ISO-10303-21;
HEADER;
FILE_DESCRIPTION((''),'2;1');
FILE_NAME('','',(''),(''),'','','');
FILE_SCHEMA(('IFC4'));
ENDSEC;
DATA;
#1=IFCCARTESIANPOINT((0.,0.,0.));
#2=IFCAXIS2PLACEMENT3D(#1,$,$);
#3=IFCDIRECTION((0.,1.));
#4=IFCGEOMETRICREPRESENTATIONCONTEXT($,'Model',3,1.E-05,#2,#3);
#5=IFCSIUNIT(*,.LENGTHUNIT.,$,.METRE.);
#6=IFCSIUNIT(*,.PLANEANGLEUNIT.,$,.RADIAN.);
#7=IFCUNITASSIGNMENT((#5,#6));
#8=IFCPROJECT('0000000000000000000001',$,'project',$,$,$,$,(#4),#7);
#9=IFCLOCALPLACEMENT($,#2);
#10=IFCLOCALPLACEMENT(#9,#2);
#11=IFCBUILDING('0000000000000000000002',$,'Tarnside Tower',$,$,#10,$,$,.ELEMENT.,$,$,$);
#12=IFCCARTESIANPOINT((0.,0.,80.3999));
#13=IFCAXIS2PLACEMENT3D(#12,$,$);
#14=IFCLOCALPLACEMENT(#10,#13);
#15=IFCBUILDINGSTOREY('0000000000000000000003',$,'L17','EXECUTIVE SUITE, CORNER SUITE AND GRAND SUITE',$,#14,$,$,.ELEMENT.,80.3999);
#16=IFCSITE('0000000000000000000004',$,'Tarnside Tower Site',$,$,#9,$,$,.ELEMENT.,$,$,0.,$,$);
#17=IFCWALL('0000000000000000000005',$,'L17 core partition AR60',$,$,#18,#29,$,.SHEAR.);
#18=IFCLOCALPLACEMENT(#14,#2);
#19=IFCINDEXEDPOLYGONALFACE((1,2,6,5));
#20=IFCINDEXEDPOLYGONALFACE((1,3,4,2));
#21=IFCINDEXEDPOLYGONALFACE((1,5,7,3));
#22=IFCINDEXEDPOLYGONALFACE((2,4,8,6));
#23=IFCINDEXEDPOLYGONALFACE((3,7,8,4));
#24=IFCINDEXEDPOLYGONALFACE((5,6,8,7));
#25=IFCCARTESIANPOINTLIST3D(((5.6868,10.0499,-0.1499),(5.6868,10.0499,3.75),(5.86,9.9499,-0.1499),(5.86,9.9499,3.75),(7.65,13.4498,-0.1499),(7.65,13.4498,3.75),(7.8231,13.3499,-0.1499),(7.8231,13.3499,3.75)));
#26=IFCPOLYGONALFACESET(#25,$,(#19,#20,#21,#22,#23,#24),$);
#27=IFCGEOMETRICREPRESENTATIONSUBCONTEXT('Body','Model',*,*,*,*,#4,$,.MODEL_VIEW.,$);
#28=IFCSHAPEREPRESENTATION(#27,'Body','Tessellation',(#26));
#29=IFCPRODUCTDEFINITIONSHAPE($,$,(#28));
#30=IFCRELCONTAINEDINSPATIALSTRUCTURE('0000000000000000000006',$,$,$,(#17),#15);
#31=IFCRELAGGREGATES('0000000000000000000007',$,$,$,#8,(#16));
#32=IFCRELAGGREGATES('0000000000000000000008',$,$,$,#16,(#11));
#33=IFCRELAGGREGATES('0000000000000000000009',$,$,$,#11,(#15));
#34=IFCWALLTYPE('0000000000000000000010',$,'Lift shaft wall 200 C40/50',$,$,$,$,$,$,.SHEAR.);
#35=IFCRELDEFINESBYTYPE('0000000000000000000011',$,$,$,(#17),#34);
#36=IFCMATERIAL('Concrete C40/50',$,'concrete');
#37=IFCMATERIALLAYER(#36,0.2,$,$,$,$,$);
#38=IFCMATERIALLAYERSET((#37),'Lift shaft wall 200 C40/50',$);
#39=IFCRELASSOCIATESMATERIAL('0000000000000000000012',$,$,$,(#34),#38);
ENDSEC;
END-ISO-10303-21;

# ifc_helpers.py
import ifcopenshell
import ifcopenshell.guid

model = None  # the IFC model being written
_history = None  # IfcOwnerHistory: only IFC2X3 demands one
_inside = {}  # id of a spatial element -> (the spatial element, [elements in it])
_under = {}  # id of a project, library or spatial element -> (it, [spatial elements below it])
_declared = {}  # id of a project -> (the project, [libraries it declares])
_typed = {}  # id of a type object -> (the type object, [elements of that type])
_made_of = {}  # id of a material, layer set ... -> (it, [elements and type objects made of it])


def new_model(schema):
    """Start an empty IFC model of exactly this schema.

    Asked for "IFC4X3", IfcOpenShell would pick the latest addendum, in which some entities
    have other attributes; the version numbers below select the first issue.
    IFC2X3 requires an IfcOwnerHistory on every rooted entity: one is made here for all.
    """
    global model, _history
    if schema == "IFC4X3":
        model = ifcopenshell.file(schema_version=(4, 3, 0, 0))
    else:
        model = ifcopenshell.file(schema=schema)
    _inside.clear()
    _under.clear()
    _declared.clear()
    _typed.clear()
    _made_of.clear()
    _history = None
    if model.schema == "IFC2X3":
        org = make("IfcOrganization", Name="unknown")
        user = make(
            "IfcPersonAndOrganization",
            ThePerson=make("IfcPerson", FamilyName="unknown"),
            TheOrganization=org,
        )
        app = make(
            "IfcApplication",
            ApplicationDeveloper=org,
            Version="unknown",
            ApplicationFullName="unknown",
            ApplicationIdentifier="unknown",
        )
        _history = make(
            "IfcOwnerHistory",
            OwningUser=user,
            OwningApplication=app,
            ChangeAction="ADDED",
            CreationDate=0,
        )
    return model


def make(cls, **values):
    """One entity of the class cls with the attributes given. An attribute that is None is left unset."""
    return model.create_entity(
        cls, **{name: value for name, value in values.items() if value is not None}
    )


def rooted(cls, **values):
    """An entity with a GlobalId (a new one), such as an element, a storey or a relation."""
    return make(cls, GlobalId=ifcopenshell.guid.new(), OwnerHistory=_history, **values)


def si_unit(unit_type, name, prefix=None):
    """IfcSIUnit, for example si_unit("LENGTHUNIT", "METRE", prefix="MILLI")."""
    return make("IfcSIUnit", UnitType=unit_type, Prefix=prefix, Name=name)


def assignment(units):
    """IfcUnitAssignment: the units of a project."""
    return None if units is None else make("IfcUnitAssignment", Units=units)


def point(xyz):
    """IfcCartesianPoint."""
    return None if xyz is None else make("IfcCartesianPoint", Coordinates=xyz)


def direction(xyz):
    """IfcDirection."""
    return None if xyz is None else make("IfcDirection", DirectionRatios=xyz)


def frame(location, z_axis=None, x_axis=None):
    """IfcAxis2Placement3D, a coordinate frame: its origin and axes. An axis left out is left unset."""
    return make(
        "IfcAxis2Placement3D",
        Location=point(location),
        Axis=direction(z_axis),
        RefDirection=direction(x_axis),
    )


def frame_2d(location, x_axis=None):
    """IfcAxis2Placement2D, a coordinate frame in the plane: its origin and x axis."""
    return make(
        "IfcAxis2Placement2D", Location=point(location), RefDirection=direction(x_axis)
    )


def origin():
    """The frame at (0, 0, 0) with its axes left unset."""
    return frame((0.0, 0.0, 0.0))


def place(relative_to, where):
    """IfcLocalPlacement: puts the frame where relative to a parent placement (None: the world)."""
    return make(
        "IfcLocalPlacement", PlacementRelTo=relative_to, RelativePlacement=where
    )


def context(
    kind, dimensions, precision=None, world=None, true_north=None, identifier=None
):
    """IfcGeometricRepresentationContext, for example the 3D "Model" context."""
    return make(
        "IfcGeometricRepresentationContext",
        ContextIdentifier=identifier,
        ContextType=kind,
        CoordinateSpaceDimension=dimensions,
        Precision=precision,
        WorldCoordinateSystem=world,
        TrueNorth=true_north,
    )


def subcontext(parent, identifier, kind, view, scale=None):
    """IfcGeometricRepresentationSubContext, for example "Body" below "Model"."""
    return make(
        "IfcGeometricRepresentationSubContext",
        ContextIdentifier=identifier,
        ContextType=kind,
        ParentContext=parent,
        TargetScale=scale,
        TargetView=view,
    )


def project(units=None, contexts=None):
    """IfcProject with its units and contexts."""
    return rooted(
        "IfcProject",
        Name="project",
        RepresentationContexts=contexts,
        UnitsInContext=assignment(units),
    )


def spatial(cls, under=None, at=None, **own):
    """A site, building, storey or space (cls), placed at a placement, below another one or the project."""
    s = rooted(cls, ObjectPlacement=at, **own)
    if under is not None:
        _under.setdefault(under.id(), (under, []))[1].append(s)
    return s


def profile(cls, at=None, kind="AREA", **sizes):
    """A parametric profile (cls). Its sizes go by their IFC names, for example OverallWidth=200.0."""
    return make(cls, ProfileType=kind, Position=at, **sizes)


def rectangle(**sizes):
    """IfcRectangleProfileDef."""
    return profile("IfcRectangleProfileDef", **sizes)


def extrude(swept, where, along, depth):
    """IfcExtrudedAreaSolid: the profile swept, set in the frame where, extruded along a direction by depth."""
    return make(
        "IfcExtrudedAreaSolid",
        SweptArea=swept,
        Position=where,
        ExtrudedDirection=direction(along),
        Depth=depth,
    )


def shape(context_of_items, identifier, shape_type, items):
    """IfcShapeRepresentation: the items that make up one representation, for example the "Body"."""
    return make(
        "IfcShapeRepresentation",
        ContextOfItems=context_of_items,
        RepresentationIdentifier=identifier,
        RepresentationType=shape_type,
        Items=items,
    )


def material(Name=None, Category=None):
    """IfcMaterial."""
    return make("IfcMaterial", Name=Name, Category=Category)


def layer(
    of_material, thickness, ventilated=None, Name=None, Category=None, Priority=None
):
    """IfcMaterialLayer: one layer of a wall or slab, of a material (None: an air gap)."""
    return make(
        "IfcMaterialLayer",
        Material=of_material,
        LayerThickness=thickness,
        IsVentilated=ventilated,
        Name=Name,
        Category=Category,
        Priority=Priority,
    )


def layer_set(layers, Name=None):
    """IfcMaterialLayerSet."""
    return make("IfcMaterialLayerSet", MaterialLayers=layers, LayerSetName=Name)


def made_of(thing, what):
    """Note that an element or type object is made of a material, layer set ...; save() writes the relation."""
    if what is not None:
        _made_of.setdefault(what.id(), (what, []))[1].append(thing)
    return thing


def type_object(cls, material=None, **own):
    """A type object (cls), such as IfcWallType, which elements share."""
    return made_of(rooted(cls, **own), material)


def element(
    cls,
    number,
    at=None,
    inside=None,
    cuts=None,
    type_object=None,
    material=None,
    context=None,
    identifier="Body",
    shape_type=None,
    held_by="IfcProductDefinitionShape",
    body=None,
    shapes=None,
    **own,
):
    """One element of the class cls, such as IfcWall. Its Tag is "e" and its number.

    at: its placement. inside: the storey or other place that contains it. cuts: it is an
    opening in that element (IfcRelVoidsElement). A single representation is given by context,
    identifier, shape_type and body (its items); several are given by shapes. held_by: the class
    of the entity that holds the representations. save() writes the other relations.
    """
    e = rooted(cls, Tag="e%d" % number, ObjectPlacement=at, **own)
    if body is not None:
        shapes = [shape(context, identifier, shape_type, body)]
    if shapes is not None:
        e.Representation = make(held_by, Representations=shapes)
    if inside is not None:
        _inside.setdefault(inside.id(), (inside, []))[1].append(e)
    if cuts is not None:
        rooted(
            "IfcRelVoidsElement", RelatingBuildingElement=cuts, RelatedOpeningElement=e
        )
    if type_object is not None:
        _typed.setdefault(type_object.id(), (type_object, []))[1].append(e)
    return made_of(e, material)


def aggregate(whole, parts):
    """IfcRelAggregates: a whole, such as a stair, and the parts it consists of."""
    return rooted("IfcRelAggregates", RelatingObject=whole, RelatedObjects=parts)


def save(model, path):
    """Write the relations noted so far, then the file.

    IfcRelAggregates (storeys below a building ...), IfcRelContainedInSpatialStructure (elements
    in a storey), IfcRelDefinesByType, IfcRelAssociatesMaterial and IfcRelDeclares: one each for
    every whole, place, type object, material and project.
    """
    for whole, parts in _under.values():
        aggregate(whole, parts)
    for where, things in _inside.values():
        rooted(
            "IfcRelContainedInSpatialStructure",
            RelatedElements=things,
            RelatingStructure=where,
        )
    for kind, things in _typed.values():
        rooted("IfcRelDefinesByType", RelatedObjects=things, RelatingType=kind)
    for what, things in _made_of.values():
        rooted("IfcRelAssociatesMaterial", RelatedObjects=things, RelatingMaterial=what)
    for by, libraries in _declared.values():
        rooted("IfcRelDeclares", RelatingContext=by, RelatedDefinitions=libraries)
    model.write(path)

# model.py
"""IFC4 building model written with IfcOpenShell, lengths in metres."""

from ifc_helpers import new_model, si_unit, direction, frame, frame_2d, origin, place, context, subcontext, project, spatial, rectangle, extrude, material, layer, layer_set, type_object, element, save


model = new_model("IFC4")

# Units and contexts
model_context = context("Model", 3, precision=1e-05, world=origin(), true_north=direction((0.0, 1.0)))
body_context = subcontext(model_context, "Body", "Model", "MODEL_VIEW")
ifc_project = project(units=[si_unit("LENGTHUNIT", "METRE"), si_unit("PLANEANGLEUNIT", "RADIAN")], contexts=[model_context])

# Site, building, storey
site_placement = place(None, origin())
site = spatial("IfcSite", under=ifc_project, at=site_placement, Name="Tarnside Tower Site", CompositionType="ELEMENT", RefElevation=0.0)
building_placement = place(site_placement, origin())
building = spatial("IfcBuilding", under=site, at=building_placement, Name="Tarnside Tower", CompositionType="ELEMENT")
storey_placement = place(building_placement, frame((0.0, 0.0, 80.3999)))
storey = spatial("IfcBuildingStorey", under=building, at=storey_placement, Name="L17", Description="EXECUTIVE SUITE, CORNER SUITE AND GRAND SUITE", CompositionType="ELEMENT", Elevation=80.3999)

# Wall
ifc_material_1 = material(Name="Concrete C40/50", Category="concrete")
ifc_layer_1 = layer(ifc_material_1, 0.2)
ifc_layer_set_1 = layer_set([ifc_layer_1], Name="Lift shaft wall 200 C40/50")
wall_type_1 = type_object("IfcWallType", Name="Lift shaft wall 200 C40/50", PredefinedType="SHEAR", material=ifc_layer_set_1)
wall_1_placement = place(storey_placement, frame((5.7734, 10.0, -0.1499), z_axis=(0.0, 0.0, 1.0), x_axis=(0.500038, 0.866003, 0.0)))
element("IfcWall", 1, at=wall_1_placement, inside=storey, type_object=wall_type_1, Name="L17 core partition AR60", PredefinedType="SHEAR", context=body_context, shape_type="SweptSolid", body=[
    extrude(rectangle(XDim=3.926, YDim=0.2, at=frame_2d((1.9629, 0.0))), origin(), (0.0, 0.0, 1.0), 3.8999),
])

save(model, "model.ifc")
